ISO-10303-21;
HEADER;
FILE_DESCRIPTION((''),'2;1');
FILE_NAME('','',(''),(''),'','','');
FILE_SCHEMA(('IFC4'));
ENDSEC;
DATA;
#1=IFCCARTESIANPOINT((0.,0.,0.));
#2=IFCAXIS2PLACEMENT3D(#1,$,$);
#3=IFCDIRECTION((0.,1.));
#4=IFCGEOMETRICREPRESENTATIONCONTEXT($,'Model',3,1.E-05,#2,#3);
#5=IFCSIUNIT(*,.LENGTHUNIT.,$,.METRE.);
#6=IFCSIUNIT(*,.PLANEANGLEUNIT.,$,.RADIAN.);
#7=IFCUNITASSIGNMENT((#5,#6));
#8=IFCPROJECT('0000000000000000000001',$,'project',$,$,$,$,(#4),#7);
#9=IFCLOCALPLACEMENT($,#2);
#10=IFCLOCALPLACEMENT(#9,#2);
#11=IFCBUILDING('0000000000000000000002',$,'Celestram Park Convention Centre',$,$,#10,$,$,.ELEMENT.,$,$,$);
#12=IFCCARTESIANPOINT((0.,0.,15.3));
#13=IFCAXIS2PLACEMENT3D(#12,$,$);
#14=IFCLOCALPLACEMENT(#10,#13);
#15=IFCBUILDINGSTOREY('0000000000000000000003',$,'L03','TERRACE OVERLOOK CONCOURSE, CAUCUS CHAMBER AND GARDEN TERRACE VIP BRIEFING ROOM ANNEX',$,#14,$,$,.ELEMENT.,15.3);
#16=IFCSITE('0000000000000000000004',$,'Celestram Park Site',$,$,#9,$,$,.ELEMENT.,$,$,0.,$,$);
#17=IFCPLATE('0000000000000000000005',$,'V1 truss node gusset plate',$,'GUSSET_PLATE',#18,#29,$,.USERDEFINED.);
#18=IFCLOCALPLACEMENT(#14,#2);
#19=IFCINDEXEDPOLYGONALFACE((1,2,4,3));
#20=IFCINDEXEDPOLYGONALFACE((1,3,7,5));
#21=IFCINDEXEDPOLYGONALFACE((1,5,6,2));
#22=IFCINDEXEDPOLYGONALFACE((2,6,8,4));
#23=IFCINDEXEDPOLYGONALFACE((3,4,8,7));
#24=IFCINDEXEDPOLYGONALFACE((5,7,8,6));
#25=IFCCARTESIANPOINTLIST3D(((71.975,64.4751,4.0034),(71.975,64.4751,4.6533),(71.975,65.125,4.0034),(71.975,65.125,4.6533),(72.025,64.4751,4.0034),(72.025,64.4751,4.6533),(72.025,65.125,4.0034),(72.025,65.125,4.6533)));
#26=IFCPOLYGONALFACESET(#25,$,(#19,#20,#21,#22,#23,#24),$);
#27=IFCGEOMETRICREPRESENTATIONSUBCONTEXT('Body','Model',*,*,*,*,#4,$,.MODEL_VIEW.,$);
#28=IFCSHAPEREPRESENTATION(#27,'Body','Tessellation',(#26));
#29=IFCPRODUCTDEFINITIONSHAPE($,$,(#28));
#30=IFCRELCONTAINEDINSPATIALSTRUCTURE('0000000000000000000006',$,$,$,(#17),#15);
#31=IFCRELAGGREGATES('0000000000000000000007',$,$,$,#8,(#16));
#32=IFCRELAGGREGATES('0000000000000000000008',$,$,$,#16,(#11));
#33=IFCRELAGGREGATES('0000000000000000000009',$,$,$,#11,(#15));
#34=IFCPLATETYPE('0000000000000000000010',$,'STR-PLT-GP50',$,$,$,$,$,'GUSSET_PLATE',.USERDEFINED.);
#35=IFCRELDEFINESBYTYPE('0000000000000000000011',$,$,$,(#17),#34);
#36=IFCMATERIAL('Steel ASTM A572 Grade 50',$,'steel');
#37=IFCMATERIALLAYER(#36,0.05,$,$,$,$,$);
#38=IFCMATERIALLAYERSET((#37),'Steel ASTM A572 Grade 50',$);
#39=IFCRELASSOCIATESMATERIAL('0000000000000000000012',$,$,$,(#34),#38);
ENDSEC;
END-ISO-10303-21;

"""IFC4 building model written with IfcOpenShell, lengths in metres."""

from ifc_helpers import new_model, si_unit, direction, frame, origin, origin_2d, place, context, subcontext, project, spatial, rectangle, extrude, material, layer, layer_set, type_object, element, save


model = new_model("IFC4")

# Units and contexts
model_context = context("Model", 3, precision=1e-05, world=origin(), true_north=direction((0.0, 1.0)))
body_context = subcontext(model_context, "Body", "Model", "MODEL_VIEW")
ifc_project = project(units=[si_unit("LENGTHUNIT", "METRE"), si_unit("PLANEANGLEUNIT", "RADIAN")], contexts=[model_context])

# Site, building, storey
site_placement = place(None, origin())
site = spatial("IfcSite", under=ifc_project, at=site_placement, Name="Celestram Park Site", CompositionType="ELEMENT", RefElevation=0.0)
building_placement = place(site_placement, origin())
building = spatial("IfcBuilding", under=site, at=building_placement, Name="Celestram Park Convention Centre", CompositionType="ELEMENT")
storey_placement = place(building_placement, frame((0.0, 0.0, 15.3)))
storey = spatial("IfcBuildingStorey", under=building, at=storey_placement, Name="L03", Description="TERRACE OVERLOOK CONCOURSE, CAUCUS CHAMBER AND GARDEN TERRACE VIP BRIEFING ROOM ANNEX", CompositionType="ELEMENT", Elevation=15.3)

# Plate
ifc_material_1 = material(Name="Steel ASTM A572 Grade 50", Category="steel")
ifc_layer = layer(ifc_material_1, 0.05)
ifc_layer_set = layer_set([ifc_layer], Name="Steel ASTM A572 Grade 50")
plate_type = type_object("IfcPlateType", Name="STR-PLT-GP50", ElementType="GUSSET_PLATE", PredefinedType="USERDEFINED", material=ifc_layer_set)
for number, where, z_axis, x_axis, name in (
    (1, (72.0, 64.8, 4.0034), (0.0, 0.0, 1.0), (0.0, 1.0, 0.0), "V1 truss node gusset plate"),
):
    element("IfcPlate", number, at=place(storey_placement, frame(where, z_axis=z_axis, x_axis=x_axis)), inside=storey, type_object=plate_type, Name=name, ObjectType="GUSSET_PLATE", PredefinedType="USERDEFINED", context=body_context, shape_type="SweptSolid", body=[
        extrude(rectangle(XDim=0.6499, YDim=0.05, at=origin_2d()), origin(), (0.0, 0.0, 1.0), 0.6499),
    ])

save(model, "model.ifc")
